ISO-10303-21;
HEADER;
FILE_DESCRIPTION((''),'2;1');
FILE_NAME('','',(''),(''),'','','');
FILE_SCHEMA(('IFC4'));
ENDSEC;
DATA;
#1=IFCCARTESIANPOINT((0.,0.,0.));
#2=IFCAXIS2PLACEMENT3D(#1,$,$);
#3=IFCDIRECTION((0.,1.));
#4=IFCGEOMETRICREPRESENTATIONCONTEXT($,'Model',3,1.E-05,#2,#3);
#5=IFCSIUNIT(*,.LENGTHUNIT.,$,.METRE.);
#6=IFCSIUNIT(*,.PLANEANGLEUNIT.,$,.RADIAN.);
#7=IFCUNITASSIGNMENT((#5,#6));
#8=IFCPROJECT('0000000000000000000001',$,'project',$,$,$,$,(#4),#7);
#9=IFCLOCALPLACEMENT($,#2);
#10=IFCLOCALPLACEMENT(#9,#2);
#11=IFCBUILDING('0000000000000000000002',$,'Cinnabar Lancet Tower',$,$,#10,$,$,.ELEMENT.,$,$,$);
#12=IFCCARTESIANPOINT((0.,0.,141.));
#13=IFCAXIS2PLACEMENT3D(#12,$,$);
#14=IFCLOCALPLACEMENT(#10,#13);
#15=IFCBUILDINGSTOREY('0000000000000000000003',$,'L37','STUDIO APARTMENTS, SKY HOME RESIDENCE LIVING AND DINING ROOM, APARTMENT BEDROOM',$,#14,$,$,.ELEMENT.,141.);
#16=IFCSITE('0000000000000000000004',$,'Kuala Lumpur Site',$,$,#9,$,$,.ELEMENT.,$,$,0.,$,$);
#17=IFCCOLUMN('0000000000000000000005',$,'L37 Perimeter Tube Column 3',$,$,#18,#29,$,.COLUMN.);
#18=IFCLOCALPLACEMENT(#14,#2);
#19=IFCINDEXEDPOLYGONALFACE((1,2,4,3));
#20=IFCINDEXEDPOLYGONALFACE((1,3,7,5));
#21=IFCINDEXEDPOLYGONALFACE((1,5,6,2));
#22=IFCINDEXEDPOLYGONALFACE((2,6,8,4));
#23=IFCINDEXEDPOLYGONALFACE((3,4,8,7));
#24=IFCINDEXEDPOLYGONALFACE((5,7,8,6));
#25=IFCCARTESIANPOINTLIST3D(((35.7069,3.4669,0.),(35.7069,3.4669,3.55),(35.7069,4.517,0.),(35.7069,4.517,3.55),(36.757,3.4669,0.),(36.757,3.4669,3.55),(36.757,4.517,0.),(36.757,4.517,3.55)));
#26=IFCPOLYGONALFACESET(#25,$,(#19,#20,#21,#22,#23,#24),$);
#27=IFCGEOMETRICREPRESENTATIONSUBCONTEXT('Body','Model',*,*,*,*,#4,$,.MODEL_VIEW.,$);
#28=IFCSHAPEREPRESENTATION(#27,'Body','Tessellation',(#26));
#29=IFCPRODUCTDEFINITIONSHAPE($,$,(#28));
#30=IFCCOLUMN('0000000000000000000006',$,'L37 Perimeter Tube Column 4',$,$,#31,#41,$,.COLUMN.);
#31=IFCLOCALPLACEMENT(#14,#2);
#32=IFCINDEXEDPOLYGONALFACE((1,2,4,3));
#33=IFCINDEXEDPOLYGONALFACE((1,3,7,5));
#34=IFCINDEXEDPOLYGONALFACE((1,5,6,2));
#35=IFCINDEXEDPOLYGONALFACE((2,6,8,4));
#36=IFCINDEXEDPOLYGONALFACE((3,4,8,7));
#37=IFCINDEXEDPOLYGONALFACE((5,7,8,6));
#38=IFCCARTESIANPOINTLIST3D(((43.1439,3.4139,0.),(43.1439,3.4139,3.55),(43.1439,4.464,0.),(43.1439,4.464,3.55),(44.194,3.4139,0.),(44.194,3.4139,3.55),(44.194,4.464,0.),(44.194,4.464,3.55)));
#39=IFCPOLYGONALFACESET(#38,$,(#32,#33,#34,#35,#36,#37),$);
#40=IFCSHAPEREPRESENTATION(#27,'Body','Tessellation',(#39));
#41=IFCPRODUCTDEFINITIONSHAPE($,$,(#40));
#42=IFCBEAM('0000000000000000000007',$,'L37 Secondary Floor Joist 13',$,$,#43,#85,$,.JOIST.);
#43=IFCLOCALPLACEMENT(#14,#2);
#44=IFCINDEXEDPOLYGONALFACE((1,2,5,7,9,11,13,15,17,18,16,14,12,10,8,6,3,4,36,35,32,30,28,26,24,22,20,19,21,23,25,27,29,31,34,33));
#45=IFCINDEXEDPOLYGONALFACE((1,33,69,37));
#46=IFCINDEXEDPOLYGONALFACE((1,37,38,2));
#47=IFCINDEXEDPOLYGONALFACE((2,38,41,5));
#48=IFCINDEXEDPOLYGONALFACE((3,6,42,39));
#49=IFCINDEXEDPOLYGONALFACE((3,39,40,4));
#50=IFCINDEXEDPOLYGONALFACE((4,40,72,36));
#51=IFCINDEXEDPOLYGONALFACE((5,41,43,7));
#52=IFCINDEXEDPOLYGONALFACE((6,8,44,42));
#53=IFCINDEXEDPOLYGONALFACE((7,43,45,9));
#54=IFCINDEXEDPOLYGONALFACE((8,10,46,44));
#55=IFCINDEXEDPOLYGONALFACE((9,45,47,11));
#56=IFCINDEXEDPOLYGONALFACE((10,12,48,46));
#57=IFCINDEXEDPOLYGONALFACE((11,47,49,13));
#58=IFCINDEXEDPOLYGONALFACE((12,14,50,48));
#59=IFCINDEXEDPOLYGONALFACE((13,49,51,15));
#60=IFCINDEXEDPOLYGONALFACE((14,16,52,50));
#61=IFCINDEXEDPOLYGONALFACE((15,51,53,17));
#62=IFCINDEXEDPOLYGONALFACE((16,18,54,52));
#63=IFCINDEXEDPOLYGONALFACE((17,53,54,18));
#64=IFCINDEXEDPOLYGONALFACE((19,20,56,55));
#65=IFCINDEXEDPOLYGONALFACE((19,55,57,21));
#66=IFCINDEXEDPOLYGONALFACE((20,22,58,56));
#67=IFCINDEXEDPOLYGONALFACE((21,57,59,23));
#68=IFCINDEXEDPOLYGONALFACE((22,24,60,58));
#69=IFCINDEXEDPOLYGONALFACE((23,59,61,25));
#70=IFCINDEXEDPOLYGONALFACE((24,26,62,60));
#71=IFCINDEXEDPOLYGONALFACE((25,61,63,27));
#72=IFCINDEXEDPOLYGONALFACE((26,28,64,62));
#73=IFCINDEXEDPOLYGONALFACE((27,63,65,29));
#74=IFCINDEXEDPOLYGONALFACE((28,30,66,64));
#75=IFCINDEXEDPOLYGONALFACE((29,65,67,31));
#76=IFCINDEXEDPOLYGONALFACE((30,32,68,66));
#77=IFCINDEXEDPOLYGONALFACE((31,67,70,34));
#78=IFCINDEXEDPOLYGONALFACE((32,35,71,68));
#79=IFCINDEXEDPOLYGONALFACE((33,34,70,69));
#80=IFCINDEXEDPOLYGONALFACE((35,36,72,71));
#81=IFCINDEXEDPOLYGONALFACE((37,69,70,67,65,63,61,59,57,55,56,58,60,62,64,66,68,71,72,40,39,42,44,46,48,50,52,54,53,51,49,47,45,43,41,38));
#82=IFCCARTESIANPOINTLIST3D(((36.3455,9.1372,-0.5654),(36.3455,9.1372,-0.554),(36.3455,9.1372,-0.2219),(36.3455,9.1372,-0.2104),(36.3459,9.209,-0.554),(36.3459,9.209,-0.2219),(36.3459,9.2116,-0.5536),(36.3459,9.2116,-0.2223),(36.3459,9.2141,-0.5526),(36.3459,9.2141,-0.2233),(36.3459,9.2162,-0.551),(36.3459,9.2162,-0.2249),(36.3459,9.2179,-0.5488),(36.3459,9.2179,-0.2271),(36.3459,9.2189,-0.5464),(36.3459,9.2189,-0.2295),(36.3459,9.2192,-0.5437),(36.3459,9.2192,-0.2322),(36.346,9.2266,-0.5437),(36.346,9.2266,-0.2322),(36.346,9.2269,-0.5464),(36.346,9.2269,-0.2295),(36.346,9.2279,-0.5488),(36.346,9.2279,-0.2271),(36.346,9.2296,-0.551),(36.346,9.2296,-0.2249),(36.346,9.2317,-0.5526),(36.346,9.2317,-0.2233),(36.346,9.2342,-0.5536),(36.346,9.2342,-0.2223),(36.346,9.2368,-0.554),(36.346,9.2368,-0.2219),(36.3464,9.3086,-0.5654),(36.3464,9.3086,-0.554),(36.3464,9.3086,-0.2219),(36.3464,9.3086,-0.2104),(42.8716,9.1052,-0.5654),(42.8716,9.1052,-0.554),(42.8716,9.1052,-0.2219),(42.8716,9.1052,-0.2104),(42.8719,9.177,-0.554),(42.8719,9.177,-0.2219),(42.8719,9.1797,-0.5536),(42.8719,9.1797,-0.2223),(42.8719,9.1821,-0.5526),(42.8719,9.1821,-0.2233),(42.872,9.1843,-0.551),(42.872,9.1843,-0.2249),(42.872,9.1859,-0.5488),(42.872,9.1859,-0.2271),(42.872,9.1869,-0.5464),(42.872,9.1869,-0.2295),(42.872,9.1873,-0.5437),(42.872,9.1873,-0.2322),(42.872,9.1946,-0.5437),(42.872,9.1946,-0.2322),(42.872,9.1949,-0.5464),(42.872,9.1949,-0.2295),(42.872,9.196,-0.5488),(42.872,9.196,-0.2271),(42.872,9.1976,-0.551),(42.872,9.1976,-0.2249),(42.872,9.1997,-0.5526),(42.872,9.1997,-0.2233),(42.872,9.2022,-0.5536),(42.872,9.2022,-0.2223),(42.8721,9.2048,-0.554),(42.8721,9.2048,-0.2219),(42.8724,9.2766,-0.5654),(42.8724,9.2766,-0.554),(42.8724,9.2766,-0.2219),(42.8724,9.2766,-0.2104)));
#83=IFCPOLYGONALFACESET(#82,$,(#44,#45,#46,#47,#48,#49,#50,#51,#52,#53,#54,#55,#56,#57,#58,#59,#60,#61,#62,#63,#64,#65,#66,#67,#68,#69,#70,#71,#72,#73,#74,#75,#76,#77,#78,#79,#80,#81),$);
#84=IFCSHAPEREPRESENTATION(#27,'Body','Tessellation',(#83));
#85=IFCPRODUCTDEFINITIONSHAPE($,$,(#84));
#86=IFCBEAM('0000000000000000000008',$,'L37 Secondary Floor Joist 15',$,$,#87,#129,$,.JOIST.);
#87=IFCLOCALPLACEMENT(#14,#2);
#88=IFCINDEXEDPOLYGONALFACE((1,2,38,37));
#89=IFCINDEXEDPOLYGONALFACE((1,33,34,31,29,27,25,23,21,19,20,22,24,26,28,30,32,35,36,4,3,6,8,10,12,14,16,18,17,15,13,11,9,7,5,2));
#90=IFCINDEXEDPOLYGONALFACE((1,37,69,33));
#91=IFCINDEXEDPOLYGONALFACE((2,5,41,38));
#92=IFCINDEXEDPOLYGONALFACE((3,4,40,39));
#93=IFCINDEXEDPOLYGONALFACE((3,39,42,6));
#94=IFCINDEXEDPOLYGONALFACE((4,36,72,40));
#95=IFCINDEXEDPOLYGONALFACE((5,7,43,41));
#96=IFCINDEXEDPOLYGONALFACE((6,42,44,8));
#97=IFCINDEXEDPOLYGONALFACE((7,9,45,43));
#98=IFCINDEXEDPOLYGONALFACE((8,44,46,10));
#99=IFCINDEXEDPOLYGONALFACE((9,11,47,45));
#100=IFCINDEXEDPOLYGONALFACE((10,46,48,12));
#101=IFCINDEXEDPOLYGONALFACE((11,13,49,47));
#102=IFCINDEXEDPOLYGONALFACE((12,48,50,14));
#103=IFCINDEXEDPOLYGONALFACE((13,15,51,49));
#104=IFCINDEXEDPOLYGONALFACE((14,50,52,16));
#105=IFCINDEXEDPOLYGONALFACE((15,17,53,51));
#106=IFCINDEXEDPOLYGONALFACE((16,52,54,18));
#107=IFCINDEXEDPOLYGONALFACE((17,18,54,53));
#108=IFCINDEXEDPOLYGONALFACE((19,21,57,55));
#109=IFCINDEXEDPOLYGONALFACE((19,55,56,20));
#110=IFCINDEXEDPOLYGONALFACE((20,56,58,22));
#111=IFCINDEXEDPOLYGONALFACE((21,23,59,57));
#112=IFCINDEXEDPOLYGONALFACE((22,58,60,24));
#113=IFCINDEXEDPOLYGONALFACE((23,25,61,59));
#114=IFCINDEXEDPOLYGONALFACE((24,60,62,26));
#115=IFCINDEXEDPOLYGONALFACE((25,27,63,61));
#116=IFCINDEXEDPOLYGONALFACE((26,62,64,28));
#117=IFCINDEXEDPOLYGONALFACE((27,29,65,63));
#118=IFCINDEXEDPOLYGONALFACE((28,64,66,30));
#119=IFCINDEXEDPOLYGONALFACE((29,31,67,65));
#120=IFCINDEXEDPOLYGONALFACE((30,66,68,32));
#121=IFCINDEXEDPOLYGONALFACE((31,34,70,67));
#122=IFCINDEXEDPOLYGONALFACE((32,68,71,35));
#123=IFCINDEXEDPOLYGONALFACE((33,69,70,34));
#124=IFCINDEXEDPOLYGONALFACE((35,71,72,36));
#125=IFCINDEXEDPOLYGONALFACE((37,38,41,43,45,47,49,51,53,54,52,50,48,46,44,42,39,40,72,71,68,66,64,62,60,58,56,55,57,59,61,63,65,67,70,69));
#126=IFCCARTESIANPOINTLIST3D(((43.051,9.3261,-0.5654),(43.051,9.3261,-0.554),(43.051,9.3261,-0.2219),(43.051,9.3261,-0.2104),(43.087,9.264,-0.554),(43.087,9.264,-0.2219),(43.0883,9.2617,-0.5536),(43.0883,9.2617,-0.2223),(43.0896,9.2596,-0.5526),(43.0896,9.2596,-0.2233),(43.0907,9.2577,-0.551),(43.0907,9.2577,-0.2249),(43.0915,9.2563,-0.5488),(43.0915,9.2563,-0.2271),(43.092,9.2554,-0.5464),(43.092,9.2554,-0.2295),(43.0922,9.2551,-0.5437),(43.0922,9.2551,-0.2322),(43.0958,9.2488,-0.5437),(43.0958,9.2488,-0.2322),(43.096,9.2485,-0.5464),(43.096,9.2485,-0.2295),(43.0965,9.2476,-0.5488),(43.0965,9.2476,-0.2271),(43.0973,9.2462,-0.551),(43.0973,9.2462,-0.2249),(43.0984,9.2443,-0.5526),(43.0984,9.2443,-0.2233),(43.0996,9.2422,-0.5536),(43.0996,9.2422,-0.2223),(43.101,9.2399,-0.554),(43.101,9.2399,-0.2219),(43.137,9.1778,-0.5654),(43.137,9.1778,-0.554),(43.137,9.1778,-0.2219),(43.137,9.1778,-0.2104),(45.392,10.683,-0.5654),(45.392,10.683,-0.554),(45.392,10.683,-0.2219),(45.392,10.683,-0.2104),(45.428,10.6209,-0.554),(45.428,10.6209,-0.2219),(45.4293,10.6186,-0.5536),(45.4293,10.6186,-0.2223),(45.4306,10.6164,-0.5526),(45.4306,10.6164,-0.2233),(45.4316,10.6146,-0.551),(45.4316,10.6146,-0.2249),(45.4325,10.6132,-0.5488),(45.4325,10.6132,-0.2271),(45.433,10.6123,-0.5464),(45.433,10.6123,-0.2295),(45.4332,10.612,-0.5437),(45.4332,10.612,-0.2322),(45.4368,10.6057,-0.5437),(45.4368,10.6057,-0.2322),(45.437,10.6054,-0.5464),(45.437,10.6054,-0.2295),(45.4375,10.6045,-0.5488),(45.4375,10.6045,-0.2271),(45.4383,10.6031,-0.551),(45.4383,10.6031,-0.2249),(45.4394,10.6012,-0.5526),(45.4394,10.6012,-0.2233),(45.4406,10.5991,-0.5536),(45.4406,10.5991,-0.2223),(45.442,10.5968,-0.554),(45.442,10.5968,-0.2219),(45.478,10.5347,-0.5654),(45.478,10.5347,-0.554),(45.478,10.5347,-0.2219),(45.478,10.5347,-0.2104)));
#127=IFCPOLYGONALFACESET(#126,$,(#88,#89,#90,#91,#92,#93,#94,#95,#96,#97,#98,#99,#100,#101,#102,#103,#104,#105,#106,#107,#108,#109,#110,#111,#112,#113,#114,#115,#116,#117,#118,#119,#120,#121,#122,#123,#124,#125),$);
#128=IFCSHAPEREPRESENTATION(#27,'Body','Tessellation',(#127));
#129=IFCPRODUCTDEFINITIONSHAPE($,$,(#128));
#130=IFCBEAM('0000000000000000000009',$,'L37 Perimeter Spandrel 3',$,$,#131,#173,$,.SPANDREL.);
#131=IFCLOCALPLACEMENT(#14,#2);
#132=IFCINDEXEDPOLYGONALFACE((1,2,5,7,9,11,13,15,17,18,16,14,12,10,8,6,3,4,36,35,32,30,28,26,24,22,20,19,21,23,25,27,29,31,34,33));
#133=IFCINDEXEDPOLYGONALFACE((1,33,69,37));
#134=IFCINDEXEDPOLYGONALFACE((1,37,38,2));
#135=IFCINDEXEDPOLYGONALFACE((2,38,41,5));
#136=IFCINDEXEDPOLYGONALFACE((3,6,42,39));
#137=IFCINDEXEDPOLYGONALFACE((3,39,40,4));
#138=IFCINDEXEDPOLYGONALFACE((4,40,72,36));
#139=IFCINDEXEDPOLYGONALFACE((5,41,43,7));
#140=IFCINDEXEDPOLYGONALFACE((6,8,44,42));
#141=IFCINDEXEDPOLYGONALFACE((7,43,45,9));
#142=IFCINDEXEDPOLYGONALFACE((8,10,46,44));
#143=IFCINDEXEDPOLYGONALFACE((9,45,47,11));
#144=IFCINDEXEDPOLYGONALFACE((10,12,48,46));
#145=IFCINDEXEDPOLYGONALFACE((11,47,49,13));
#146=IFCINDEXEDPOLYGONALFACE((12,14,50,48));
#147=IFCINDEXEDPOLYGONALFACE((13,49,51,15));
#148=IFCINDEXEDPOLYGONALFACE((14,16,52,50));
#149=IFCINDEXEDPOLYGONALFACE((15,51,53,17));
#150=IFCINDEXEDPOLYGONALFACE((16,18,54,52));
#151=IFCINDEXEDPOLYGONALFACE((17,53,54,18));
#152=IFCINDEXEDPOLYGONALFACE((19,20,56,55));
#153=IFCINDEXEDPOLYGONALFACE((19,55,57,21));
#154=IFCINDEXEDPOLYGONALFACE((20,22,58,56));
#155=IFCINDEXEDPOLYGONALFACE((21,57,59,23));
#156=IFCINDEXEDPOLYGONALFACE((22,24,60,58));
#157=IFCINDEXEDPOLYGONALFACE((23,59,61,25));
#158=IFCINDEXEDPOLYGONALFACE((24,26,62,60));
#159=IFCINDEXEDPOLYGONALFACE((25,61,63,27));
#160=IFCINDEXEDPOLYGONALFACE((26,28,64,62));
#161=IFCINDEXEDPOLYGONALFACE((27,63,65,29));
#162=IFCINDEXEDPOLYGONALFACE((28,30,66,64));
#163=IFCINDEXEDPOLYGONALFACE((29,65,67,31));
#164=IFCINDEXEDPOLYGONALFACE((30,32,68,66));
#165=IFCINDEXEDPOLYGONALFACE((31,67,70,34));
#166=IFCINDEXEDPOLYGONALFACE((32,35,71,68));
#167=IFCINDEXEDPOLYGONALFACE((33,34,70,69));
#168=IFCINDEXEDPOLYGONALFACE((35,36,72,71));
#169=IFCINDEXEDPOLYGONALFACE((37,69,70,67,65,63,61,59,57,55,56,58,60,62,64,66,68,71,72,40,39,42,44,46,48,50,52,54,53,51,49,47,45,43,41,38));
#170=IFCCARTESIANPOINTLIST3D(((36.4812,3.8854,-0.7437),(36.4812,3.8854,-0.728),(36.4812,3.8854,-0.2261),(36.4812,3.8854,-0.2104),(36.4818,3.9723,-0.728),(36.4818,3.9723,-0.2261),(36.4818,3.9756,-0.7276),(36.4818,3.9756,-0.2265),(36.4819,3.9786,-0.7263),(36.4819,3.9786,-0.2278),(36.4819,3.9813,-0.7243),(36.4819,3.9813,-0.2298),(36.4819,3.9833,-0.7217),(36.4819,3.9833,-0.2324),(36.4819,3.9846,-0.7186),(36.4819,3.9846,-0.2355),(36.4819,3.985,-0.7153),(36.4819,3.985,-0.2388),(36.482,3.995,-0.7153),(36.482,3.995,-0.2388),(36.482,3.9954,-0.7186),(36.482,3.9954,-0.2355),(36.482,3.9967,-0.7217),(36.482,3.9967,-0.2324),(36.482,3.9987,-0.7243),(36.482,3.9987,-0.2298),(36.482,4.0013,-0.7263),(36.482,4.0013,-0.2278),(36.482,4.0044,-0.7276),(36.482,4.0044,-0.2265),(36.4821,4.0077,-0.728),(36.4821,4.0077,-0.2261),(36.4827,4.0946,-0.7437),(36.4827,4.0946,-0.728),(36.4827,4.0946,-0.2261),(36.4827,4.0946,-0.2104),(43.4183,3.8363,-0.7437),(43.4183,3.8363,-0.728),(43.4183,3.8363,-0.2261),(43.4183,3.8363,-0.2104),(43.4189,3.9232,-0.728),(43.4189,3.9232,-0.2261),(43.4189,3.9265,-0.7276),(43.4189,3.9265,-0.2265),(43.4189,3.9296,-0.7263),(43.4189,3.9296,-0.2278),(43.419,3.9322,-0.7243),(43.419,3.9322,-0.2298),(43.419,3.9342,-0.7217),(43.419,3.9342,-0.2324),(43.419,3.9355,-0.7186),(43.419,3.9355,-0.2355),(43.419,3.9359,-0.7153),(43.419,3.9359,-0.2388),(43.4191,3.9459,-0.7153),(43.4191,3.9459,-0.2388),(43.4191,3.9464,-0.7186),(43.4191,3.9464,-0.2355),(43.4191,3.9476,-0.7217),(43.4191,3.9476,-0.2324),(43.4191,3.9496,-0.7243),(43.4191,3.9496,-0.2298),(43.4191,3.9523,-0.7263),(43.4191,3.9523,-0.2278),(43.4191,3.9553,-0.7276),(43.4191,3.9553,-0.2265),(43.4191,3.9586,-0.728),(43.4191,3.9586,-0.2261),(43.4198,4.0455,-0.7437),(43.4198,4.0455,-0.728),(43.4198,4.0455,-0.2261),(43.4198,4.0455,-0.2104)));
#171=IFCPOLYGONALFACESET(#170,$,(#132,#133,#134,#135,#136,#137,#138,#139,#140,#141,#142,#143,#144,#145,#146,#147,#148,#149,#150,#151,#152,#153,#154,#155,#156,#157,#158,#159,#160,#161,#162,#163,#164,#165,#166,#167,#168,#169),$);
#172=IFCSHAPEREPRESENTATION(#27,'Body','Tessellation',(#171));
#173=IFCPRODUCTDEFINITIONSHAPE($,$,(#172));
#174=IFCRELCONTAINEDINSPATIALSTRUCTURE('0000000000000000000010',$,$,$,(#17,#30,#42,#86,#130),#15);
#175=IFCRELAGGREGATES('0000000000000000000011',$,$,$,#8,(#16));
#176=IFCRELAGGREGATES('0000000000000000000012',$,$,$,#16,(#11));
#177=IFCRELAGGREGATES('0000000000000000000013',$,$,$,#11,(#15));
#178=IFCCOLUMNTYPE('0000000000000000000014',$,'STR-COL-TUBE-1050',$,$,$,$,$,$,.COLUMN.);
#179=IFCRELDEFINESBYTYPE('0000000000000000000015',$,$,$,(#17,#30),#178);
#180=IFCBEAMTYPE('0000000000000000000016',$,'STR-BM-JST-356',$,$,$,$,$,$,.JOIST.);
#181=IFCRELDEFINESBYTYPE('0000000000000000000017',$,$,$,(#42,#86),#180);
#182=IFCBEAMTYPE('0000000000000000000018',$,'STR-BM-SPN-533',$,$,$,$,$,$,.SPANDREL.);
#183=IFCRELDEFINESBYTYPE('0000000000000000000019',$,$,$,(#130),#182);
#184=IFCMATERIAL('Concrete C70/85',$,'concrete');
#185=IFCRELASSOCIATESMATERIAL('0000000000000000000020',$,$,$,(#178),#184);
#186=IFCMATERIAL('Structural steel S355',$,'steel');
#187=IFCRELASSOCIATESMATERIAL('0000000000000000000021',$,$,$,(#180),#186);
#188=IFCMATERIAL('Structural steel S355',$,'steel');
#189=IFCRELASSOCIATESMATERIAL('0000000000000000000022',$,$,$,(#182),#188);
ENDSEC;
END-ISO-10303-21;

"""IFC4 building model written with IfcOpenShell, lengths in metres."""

from ifc_helpers import new_model, si_unit, direction, frame, origin, origin_2d, place, context, subcontext, project, spatial, rectangle, i_section, extrude, material, material_profile, profile_set, type_object, element, save


model = new_model("IFC4")

# Units and contexts
model_context = context("Model", 3, precision=1e-05, world=origin(), true_north=direction((0.0, 1.0)))
body_context = subcontext(model_context, "Body", "Model", "MODEL_VIEW")
ifc_project = project(units=[si_unit("LENGTHUNIT", "METRE"), si_unit("PLANEANGLEUNIT", "RADIAN")], contexts=[model_context])

# Site, building, storey
site_placement = place(None, origin())
site = spatial("IfcSite", under=ifc_project, at=site_placement, Name="Kuala Lumpur Site", CompositionType="ELEMENT", RefElevation=0.0)
building_placement = place(site_placement, origin())
building = spatial("IfcBuilding", under=site, at=building_placement, Name="Cinnabar Lancet Tower", CompositionType="ELEMENT")
storey_placement = place(building_placement, frame((0.0, 0.0, 141.0)))
storey = spatial("IfcBuildingStorey", under=building, at=storey_placement, Name="L37", Description="STUDIO APARTMENTS, SKY HOME RESIDENCE LIVING AND DINING ROOM, APARTMENT BEDROOM", CompositionType="ELEMENT", Elevation=141.0)

# Columns
ifc_material_1 = material(Name="Concrete C70/85", Category="concrete")
ifc_material_profile_1 = material_profile(ifc_material_1, rectangle(XDim=1.05, YDim=1.05, at=origin_2d()), Name="RC-COL 1050x1050")
ifc_profile_set_1 = profile_set([ifc_material_profile_1], Name="Concrete C70/85")
column_type = type_object("IfcColumnType", Name="STR-COL-TUBE-1050", PredefinedType="COLUMN", material=ifc_profile_set_1)
for number, where, z_axis, x_axis, name in (
    (1, (36.2319, 3.9919, 0.0), (0.0, 0.0, 1.0), (1.0, 0.0, 0.0), "L37 Perimeter Tube Column 3"),
    (2, (43.6689, 3.939, 0.0), (0.0, 0.0, 1.0), (1.0, 0.0, 0.0), "L37 Perimeter Tube Column 4"),
):
    element("IfcColumn", number, at=place(storey_placement, frame(where, z_axis=z_axis, x_axis=x_axis)), inside=storey, type_object=column_type, Name=name, PredefinedType="COLUMN", context=body_context, shape_type="SweptSolid", body=[
        extrude(rectangle(XDim=1.05, YDim=1.05, at=origin_2d()), origin(), (0.0, 0.0, 1.0), 3.55),
    ])

# Beams
ifc_material_2 = material(Name="Structural steel S355", Category="steel")
ifc_material_profile_2 = material_profile(ifc_material_2, i_section(OverallWidth=0.1714, OverallDepth=0.355, WebThickness=0.0073, FlangeThickness=0.0115, FilletRadius=0.0103, at=origin_2d()), Name="UKB 356x171x51")
ifc_profile_set_2 = profile_set([ifc_material_profile_2], Name="Structural steel S355")
beam_type_1 = type_object("IfcBeamType", Name="STR-BM-JST-356", PredefinedType="JOIST", material=ifc_profile_set_2)
beam_1_placement = place(storey_placement, frame((36.3459, 9.2229, -0.3879), z_axis=(0.999988, -0.004901, 0.0), x_axis=(0.004901, 0.999988, 0.0)))
element("IfcBeam", 3, at=beam_1_placement, inside=storey, type_object=beam_type_1, Name="L37 Secondary Floor Joist 13", PredefinedType="JOIST", context=body_context, shape_type="SweptSolid", body=[
    extrude(i_section(OverallWidth=0.1714, OverallDepth=0.355, WebThickness=0.0073, FlangeThickness=0.0115, FilletRadius=0.0103, at=origin_2d()), origin(), (0.0, 0.0, 1.0), 6.5261),
])
beam_2_placement = place(storey_placement, frame((43.094, 9.252, -0.3879), z_axis=(0.865173, 0.501474, 0.0), x_axis=(-0.501474, 0.865173, 0.0)))
element("IfcBeam", 4, at=beam_2_placement, inside=storey, type_object=beam_type_1, Name="L37 Secondary Floor Joist 15", PredefinedType="JOIST", context=body_context, shape_type="SweptSolid", body=[
    extrude(i_section(OverallWidth=0.1714, OverallDepth=0.355, WebThickness=0.0073, FlangeThickness=0.0115, FilletRadius=0.0103, at=origin_2d()), origin(), (0.0, 0.0, 1.0), 2.7058),
])
ifc_material_3 = material(Name="Structural steel S355", Category="steel")
ifc_material_profile_3 = material_profile(ifc_material_3, i_section(OverallWidth=0.2092, OverallDepth=0.5332, WebThickness=0.01, FlangeThickness=0.0156, FilletRadius=0.0127, at=origin_2d()), Name="UKB 533x210x92")
ifc_profile_set_3 = profile_set([ifc_material_profile_3], Name="Structural steel S355")
beam_type_2 = type_object("IfcBeamType", Name="STR-BM-SPN-533", PredefinedType="SPANDREL", material=ifc_profile_set_3)
beam_3_placement = place(storey_placement, frame((36.4819, 3.99, -0.4771), z_axis=(0.999975, -0.007074, 0.0), x_axis=(0.007074, 0.999975, 0.0)))
element("IfcBeam", 5, at=beam_3_placement, inside=storey, type_object=beam_type_2, Name="L37 Perimeter Spandrel 3", PredefinedType="SPANDREL", context=body_context, shape_type="SweptSolid", body=[
    extrude(i_section(OverallWidth=0.2092, OverallDepth=0.5332, WebThickness=0.01, FlangeThickness=0.0156, FilletRadius=0.0127, at=origin_2d()), origin(), (0.0, 0.0, 1.0), 6.9373),
])

save(model, "model.ifc")
